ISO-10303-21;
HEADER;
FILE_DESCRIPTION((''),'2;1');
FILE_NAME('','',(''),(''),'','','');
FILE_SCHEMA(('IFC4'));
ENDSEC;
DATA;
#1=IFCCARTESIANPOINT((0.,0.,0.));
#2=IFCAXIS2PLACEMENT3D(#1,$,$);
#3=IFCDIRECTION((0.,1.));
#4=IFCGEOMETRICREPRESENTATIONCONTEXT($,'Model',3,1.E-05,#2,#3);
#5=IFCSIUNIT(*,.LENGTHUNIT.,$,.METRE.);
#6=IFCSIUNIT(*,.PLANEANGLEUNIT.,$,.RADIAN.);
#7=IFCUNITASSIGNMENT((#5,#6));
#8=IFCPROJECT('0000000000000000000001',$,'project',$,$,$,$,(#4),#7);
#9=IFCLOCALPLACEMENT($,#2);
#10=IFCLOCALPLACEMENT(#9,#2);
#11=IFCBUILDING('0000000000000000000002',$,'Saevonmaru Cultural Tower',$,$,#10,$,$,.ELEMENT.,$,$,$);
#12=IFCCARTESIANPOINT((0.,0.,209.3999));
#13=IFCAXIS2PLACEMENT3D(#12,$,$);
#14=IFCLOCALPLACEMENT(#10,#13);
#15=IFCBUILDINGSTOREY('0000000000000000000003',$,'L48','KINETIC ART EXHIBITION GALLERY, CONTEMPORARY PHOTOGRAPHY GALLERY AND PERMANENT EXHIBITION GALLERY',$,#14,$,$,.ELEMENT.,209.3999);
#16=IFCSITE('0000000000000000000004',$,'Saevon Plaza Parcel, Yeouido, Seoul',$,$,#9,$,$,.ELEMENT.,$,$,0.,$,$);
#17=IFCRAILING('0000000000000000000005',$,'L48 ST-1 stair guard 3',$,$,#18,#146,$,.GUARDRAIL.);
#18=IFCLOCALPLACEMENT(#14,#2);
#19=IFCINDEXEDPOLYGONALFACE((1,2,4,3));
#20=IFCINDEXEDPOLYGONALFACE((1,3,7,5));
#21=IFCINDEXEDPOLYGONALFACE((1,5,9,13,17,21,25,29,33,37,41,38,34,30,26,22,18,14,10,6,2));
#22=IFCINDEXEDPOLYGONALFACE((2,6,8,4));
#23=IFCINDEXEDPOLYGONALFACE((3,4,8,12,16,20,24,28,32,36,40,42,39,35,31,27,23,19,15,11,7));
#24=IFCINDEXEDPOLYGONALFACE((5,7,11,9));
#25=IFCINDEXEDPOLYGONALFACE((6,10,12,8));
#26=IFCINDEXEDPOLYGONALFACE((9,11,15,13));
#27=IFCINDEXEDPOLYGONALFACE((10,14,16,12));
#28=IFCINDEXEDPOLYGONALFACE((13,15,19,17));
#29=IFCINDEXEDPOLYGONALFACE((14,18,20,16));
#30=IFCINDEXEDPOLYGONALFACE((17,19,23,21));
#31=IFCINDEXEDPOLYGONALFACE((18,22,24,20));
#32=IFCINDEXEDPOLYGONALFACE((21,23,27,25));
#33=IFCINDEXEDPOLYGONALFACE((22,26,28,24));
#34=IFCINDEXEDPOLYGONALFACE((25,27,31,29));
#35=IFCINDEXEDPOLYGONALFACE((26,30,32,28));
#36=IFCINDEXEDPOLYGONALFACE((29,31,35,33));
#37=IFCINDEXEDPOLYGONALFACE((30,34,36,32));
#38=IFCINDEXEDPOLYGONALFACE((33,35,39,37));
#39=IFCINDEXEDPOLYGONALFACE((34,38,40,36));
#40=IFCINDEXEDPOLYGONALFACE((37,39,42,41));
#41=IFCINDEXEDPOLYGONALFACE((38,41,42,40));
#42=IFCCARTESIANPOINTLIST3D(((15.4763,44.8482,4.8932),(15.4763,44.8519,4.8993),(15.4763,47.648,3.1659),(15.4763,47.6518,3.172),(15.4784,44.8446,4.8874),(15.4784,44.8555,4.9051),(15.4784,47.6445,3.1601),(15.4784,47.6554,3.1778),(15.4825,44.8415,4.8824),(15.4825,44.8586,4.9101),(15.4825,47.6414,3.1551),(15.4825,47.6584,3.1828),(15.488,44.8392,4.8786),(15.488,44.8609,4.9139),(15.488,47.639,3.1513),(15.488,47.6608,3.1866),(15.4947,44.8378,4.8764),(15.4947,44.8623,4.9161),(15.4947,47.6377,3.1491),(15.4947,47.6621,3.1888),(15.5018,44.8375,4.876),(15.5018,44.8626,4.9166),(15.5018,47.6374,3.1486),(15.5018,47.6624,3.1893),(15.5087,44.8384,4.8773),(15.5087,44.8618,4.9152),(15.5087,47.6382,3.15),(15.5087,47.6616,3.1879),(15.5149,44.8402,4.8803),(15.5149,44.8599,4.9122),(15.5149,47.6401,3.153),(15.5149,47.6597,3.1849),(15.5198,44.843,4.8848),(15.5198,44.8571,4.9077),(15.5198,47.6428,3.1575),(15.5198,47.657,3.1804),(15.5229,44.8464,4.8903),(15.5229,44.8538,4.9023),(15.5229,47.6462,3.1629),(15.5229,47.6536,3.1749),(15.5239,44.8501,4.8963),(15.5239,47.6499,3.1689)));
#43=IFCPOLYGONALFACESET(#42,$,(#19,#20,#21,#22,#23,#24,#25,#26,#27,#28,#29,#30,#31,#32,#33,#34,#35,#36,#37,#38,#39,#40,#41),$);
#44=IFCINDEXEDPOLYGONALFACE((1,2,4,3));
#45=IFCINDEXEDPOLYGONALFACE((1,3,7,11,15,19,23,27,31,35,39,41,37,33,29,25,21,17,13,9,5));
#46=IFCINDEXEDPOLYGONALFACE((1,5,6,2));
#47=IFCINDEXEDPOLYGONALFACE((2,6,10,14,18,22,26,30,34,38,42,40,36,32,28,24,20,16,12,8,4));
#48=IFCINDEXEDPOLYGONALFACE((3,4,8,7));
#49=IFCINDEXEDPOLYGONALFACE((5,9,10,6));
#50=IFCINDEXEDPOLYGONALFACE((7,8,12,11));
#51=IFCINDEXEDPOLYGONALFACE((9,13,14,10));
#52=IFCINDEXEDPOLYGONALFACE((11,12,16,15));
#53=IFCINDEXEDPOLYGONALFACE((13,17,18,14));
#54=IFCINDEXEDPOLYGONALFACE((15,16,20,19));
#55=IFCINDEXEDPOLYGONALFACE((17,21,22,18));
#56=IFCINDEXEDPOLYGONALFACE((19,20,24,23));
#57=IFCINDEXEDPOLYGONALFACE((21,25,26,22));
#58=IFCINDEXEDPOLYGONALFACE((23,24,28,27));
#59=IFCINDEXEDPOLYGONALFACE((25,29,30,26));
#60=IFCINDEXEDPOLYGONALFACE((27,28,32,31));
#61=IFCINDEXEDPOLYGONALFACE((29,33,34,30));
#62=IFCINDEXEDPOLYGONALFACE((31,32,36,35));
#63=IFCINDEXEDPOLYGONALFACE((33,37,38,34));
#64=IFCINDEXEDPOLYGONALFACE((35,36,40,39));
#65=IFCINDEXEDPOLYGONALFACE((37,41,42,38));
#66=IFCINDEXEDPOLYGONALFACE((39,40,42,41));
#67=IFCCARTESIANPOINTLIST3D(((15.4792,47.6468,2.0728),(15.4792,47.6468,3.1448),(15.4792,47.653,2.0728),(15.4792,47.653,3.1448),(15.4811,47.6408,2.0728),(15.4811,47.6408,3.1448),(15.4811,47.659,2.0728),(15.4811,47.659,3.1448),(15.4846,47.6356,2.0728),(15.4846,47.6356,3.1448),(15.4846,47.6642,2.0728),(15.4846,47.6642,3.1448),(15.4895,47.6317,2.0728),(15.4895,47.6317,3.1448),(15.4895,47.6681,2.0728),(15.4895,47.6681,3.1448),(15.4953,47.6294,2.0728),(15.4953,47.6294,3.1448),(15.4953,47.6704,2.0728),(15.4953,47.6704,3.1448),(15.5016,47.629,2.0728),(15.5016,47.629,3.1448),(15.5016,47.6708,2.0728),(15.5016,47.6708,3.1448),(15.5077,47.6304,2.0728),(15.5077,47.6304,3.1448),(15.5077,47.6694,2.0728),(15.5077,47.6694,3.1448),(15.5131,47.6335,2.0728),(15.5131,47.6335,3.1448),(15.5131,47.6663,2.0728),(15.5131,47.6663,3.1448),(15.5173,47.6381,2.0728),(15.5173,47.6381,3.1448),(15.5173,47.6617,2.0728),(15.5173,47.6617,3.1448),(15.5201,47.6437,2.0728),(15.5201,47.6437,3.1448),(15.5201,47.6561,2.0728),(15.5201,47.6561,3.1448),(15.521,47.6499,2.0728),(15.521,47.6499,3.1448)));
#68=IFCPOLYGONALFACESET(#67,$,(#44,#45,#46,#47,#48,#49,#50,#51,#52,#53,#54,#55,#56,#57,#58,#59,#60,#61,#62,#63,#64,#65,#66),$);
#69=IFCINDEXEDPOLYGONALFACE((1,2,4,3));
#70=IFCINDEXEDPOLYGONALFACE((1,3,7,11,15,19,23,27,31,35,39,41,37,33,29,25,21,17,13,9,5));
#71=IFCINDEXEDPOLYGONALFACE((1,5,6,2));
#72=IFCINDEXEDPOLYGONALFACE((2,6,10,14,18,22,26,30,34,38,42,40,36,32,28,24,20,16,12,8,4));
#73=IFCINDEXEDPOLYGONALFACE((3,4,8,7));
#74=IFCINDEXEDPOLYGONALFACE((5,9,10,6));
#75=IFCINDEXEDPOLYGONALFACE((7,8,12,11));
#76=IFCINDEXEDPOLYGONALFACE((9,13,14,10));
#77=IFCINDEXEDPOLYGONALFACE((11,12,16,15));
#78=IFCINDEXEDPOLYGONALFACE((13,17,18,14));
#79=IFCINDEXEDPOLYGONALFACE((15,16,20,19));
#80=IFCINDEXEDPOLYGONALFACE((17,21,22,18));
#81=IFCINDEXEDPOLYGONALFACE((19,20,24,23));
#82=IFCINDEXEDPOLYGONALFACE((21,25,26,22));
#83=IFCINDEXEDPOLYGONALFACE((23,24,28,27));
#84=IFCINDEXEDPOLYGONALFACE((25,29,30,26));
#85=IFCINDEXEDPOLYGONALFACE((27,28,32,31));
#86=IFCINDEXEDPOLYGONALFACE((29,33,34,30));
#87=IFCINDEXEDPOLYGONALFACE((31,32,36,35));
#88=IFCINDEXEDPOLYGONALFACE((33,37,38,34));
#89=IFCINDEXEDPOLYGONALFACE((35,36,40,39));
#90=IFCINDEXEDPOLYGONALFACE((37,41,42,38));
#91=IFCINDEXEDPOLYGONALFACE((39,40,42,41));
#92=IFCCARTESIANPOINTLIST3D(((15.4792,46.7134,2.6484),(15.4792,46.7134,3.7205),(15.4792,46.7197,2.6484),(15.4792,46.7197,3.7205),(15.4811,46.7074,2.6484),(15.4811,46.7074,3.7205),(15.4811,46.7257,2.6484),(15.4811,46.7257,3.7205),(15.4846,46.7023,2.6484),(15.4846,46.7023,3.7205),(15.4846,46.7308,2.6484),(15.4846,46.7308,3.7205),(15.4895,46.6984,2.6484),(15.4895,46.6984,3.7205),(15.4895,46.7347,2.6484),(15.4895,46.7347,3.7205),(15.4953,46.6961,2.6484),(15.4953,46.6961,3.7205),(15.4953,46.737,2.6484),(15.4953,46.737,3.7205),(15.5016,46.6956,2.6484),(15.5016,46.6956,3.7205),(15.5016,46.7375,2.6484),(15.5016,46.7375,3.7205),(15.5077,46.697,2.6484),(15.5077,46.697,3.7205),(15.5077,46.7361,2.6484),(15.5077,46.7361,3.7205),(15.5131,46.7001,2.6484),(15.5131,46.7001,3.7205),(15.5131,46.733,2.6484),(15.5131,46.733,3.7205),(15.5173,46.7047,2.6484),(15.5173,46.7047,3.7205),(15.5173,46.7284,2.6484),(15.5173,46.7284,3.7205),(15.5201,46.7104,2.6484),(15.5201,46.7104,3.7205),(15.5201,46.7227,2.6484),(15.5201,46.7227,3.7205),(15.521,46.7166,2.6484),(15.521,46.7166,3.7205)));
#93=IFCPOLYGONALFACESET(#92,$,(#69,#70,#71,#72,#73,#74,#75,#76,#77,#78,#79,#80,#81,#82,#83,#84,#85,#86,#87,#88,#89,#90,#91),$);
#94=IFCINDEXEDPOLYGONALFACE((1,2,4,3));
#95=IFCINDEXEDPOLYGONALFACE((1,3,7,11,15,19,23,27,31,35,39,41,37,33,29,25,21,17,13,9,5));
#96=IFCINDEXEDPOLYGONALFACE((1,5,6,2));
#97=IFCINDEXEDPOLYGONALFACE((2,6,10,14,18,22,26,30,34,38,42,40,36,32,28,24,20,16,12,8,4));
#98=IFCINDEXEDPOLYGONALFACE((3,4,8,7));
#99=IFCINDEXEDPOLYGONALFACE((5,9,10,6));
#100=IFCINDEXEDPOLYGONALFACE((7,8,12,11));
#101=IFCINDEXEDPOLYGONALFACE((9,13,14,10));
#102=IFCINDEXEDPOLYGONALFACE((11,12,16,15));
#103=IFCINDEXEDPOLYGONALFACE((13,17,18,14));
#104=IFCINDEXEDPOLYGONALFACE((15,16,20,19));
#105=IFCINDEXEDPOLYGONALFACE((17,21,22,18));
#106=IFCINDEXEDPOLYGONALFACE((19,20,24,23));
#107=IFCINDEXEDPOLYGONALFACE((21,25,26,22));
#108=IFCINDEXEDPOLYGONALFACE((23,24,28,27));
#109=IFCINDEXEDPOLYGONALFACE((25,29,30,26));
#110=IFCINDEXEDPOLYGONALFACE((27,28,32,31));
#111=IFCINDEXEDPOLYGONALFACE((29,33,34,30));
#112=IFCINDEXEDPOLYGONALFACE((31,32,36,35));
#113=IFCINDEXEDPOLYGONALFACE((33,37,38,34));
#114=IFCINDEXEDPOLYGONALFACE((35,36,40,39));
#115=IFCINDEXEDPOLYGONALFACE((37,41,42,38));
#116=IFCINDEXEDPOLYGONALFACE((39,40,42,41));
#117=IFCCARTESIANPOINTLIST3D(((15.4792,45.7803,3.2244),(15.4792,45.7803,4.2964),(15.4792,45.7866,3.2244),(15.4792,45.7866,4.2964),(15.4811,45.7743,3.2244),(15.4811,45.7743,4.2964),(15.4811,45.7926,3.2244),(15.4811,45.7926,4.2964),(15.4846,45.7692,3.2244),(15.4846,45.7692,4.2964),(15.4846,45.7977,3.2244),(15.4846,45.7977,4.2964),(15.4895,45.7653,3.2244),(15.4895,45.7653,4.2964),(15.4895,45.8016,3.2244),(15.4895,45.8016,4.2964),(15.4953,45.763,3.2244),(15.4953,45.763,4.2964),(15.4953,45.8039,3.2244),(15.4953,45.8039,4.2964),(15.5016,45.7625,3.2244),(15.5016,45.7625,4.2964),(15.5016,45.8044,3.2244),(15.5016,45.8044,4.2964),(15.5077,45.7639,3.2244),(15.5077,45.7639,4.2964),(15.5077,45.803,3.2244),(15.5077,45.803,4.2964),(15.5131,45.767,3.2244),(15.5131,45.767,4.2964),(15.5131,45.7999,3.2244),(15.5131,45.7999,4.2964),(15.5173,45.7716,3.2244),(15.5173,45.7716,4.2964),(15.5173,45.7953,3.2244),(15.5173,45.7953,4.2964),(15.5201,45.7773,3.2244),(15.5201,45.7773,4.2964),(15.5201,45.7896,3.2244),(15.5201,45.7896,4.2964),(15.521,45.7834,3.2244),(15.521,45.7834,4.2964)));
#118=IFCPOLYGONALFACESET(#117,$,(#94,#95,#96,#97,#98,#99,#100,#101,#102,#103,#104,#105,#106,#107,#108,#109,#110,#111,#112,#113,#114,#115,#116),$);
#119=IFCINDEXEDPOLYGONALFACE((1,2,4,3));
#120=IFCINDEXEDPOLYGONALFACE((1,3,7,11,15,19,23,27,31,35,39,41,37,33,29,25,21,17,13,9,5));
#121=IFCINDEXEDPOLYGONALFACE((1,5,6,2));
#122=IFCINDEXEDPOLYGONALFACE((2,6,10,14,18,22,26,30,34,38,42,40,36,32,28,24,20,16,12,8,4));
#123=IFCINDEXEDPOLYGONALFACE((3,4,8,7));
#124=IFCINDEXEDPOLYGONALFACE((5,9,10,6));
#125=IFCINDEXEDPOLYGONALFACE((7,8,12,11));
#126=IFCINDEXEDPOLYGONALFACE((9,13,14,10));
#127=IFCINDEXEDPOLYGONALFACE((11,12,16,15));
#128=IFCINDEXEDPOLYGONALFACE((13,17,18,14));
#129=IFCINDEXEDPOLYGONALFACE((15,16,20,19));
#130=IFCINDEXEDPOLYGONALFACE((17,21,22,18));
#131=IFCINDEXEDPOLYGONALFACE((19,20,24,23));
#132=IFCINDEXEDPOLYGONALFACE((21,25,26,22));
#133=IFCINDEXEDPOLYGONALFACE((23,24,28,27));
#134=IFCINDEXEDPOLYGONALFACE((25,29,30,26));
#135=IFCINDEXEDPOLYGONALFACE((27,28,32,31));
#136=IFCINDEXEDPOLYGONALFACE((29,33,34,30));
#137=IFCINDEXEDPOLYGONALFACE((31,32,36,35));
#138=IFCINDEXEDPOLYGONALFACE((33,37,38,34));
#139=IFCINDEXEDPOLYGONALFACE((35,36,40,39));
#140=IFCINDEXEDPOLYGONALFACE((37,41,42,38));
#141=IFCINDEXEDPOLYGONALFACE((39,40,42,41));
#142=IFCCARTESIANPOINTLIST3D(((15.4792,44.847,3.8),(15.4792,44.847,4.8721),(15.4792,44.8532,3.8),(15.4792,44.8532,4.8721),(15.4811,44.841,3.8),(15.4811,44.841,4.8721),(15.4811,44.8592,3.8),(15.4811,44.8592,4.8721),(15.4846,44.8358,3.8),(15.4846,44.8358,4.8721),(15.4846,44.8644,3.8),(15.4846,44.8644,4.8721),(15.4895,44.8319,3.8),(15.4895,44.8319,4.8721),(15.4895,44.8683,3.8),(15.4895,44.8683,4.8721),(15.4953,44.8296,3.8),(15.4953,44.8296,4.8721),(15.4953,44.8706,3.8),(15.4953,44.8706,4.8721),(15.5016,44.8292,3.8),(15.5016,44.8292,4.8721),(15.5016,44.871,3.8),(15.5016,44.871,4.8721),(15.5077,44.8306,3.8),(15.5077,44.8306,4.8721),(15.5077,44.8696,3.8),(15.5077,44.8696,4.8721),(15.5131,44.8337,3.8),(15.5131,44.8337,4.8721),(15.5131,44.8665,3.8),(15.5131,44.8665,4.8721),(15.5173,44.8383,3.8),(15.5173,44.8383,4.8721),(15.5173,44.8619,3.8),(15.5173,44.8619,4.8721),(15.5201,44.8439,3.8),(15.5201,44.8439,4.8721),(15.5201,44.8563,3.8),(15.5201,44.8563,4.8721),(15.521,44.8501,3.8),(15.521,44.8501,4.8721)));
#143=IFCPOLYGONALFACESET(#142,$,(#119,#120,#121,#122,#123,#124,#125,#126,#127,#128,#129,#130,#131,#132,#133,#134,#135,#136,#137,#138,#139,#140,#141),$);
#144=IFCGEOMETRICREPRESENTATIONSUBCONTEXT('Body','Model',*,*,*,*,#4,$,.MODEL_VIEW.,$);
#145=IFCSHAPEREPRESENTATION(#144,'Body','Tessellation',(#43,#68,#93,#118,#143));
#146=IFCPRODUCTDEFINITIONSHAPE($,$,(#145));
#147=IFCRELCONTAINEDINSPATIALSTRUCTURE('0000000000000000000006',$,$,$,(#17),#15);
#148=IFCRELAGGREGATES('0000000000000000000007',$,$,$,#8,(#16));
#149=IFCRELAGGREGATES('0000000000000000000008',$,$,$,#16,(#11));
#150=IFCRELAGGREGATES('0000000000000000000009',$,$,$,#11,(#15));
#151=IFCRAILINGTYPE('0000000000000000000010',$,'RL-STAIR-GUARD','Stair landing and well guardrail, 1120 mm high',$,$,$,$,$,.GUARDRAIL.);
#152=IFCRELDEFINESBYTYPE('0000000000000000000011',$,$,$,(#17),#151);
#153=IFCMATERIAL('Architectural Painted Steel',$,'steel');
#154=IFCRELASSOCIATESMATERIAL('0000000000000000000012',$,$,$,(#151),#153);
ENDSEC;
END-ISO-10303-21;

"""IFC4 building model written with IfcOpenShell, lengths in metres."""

from ifc_helpers import new_model, si_unit, direction, frame, origin, origin_2d, place, context, subcontext, project, spatial, circle, extrude, material, type_object, element, save


model = new_model("IFC4")

# Units and contexts
model_context = context("Model", 3, precision=1e-05, world=origin(), true_north=direction((0.0, 1.0)))
body_context = subcontext(model_context, "Body", "Model", "MODEL_VIEW")
ifc_project = project(units=[si_unit("LENGTHUNIT", "METRE"), si_unit("PLANEANGLEUNIT", "RADIAN")], contexts=[model_context])

# Site, building, storey
site_placement = place(None, origin())
site = spatial("IfcSite", under=ifc_project, at=site_placement, Name="Saevon Plaza Parcel, Yeouido, Seoul", CompositionType="ELEMENT", RefElevation=0.0)
building_placement = place(site_placement, origin())
building = spatial("IfcBuilding", under=site, at=building_placement, Name="Saevonmaru Cultural Tower", CompositionType="ELEMENT")
storey_placement = place(building_placement, frame((0.0, 0.0, 209.3999)))
storey = spatial("IfcBuildingStorey", under=building, at=storey_placement, Name="L48", Description="KINETIC ART EXHIBITION GALLERY, CONTEMPORARY PHOTOGRAPHY GALLERY AND PERMANENT EXHIBITION GALLERY", CompositionType="ELEMENT", Elevation=209.3999)

# Railing
ifc_material_1 = material(Name="Architectural Painted Steel", Category="steel")
railing_type_1 = type_object("IfcRailingType", Name="RL-STAIR-GUARD", Description="Stair landing and well guardrail, 1120 mm high", PredefinedType="GUARDRAIL", material=ifc_material_1)
railing_1_placement = place(storey_placement, frame((15.5, 47.6499, 2.0728)))
element("IfcRailing", 1, at=railing_1_placement, inside=storey, type_object=railing_type_1, Name="L48 ST-1 stair guard 3", PredefinedType="GUARDRAIL", context=body_context, shape_type="SweptSolid", body=[
    extrude(circle(Radius=0.0239, at=origin_2d()), frame((0.0, 0.0, 1.0962), z_axis=(0.0, -0.851069, 0.525054), x_axis=(1.0, 0.0, 0.0)), (0.0, 0.0, 1.0), 3.2898),
    extrude(circle(Radius=0.021, at=origin_2d()), origin(), (0.0, 0.0, 1.0), 1.072),
    extrude(circle(Radius=0.021, at=origin_2d()), frame((0.0, -0.9333, 0.5757)), (0.0, 0.0, 1.0), 1.072),
    extrude(circle(Radius=0.021, at=origin_2d()), frame((0.0, -1.8665, 1.1516)), (0.0, 0.0, 1.0), 1.072),
    extrude(circle(Radius=0.021, at=origin_2d()), frame((0.0, -2.7998, 1.7273)), (0.0, 0.0, 1.0), 1.072),
])

save(model, "model.ifc")
